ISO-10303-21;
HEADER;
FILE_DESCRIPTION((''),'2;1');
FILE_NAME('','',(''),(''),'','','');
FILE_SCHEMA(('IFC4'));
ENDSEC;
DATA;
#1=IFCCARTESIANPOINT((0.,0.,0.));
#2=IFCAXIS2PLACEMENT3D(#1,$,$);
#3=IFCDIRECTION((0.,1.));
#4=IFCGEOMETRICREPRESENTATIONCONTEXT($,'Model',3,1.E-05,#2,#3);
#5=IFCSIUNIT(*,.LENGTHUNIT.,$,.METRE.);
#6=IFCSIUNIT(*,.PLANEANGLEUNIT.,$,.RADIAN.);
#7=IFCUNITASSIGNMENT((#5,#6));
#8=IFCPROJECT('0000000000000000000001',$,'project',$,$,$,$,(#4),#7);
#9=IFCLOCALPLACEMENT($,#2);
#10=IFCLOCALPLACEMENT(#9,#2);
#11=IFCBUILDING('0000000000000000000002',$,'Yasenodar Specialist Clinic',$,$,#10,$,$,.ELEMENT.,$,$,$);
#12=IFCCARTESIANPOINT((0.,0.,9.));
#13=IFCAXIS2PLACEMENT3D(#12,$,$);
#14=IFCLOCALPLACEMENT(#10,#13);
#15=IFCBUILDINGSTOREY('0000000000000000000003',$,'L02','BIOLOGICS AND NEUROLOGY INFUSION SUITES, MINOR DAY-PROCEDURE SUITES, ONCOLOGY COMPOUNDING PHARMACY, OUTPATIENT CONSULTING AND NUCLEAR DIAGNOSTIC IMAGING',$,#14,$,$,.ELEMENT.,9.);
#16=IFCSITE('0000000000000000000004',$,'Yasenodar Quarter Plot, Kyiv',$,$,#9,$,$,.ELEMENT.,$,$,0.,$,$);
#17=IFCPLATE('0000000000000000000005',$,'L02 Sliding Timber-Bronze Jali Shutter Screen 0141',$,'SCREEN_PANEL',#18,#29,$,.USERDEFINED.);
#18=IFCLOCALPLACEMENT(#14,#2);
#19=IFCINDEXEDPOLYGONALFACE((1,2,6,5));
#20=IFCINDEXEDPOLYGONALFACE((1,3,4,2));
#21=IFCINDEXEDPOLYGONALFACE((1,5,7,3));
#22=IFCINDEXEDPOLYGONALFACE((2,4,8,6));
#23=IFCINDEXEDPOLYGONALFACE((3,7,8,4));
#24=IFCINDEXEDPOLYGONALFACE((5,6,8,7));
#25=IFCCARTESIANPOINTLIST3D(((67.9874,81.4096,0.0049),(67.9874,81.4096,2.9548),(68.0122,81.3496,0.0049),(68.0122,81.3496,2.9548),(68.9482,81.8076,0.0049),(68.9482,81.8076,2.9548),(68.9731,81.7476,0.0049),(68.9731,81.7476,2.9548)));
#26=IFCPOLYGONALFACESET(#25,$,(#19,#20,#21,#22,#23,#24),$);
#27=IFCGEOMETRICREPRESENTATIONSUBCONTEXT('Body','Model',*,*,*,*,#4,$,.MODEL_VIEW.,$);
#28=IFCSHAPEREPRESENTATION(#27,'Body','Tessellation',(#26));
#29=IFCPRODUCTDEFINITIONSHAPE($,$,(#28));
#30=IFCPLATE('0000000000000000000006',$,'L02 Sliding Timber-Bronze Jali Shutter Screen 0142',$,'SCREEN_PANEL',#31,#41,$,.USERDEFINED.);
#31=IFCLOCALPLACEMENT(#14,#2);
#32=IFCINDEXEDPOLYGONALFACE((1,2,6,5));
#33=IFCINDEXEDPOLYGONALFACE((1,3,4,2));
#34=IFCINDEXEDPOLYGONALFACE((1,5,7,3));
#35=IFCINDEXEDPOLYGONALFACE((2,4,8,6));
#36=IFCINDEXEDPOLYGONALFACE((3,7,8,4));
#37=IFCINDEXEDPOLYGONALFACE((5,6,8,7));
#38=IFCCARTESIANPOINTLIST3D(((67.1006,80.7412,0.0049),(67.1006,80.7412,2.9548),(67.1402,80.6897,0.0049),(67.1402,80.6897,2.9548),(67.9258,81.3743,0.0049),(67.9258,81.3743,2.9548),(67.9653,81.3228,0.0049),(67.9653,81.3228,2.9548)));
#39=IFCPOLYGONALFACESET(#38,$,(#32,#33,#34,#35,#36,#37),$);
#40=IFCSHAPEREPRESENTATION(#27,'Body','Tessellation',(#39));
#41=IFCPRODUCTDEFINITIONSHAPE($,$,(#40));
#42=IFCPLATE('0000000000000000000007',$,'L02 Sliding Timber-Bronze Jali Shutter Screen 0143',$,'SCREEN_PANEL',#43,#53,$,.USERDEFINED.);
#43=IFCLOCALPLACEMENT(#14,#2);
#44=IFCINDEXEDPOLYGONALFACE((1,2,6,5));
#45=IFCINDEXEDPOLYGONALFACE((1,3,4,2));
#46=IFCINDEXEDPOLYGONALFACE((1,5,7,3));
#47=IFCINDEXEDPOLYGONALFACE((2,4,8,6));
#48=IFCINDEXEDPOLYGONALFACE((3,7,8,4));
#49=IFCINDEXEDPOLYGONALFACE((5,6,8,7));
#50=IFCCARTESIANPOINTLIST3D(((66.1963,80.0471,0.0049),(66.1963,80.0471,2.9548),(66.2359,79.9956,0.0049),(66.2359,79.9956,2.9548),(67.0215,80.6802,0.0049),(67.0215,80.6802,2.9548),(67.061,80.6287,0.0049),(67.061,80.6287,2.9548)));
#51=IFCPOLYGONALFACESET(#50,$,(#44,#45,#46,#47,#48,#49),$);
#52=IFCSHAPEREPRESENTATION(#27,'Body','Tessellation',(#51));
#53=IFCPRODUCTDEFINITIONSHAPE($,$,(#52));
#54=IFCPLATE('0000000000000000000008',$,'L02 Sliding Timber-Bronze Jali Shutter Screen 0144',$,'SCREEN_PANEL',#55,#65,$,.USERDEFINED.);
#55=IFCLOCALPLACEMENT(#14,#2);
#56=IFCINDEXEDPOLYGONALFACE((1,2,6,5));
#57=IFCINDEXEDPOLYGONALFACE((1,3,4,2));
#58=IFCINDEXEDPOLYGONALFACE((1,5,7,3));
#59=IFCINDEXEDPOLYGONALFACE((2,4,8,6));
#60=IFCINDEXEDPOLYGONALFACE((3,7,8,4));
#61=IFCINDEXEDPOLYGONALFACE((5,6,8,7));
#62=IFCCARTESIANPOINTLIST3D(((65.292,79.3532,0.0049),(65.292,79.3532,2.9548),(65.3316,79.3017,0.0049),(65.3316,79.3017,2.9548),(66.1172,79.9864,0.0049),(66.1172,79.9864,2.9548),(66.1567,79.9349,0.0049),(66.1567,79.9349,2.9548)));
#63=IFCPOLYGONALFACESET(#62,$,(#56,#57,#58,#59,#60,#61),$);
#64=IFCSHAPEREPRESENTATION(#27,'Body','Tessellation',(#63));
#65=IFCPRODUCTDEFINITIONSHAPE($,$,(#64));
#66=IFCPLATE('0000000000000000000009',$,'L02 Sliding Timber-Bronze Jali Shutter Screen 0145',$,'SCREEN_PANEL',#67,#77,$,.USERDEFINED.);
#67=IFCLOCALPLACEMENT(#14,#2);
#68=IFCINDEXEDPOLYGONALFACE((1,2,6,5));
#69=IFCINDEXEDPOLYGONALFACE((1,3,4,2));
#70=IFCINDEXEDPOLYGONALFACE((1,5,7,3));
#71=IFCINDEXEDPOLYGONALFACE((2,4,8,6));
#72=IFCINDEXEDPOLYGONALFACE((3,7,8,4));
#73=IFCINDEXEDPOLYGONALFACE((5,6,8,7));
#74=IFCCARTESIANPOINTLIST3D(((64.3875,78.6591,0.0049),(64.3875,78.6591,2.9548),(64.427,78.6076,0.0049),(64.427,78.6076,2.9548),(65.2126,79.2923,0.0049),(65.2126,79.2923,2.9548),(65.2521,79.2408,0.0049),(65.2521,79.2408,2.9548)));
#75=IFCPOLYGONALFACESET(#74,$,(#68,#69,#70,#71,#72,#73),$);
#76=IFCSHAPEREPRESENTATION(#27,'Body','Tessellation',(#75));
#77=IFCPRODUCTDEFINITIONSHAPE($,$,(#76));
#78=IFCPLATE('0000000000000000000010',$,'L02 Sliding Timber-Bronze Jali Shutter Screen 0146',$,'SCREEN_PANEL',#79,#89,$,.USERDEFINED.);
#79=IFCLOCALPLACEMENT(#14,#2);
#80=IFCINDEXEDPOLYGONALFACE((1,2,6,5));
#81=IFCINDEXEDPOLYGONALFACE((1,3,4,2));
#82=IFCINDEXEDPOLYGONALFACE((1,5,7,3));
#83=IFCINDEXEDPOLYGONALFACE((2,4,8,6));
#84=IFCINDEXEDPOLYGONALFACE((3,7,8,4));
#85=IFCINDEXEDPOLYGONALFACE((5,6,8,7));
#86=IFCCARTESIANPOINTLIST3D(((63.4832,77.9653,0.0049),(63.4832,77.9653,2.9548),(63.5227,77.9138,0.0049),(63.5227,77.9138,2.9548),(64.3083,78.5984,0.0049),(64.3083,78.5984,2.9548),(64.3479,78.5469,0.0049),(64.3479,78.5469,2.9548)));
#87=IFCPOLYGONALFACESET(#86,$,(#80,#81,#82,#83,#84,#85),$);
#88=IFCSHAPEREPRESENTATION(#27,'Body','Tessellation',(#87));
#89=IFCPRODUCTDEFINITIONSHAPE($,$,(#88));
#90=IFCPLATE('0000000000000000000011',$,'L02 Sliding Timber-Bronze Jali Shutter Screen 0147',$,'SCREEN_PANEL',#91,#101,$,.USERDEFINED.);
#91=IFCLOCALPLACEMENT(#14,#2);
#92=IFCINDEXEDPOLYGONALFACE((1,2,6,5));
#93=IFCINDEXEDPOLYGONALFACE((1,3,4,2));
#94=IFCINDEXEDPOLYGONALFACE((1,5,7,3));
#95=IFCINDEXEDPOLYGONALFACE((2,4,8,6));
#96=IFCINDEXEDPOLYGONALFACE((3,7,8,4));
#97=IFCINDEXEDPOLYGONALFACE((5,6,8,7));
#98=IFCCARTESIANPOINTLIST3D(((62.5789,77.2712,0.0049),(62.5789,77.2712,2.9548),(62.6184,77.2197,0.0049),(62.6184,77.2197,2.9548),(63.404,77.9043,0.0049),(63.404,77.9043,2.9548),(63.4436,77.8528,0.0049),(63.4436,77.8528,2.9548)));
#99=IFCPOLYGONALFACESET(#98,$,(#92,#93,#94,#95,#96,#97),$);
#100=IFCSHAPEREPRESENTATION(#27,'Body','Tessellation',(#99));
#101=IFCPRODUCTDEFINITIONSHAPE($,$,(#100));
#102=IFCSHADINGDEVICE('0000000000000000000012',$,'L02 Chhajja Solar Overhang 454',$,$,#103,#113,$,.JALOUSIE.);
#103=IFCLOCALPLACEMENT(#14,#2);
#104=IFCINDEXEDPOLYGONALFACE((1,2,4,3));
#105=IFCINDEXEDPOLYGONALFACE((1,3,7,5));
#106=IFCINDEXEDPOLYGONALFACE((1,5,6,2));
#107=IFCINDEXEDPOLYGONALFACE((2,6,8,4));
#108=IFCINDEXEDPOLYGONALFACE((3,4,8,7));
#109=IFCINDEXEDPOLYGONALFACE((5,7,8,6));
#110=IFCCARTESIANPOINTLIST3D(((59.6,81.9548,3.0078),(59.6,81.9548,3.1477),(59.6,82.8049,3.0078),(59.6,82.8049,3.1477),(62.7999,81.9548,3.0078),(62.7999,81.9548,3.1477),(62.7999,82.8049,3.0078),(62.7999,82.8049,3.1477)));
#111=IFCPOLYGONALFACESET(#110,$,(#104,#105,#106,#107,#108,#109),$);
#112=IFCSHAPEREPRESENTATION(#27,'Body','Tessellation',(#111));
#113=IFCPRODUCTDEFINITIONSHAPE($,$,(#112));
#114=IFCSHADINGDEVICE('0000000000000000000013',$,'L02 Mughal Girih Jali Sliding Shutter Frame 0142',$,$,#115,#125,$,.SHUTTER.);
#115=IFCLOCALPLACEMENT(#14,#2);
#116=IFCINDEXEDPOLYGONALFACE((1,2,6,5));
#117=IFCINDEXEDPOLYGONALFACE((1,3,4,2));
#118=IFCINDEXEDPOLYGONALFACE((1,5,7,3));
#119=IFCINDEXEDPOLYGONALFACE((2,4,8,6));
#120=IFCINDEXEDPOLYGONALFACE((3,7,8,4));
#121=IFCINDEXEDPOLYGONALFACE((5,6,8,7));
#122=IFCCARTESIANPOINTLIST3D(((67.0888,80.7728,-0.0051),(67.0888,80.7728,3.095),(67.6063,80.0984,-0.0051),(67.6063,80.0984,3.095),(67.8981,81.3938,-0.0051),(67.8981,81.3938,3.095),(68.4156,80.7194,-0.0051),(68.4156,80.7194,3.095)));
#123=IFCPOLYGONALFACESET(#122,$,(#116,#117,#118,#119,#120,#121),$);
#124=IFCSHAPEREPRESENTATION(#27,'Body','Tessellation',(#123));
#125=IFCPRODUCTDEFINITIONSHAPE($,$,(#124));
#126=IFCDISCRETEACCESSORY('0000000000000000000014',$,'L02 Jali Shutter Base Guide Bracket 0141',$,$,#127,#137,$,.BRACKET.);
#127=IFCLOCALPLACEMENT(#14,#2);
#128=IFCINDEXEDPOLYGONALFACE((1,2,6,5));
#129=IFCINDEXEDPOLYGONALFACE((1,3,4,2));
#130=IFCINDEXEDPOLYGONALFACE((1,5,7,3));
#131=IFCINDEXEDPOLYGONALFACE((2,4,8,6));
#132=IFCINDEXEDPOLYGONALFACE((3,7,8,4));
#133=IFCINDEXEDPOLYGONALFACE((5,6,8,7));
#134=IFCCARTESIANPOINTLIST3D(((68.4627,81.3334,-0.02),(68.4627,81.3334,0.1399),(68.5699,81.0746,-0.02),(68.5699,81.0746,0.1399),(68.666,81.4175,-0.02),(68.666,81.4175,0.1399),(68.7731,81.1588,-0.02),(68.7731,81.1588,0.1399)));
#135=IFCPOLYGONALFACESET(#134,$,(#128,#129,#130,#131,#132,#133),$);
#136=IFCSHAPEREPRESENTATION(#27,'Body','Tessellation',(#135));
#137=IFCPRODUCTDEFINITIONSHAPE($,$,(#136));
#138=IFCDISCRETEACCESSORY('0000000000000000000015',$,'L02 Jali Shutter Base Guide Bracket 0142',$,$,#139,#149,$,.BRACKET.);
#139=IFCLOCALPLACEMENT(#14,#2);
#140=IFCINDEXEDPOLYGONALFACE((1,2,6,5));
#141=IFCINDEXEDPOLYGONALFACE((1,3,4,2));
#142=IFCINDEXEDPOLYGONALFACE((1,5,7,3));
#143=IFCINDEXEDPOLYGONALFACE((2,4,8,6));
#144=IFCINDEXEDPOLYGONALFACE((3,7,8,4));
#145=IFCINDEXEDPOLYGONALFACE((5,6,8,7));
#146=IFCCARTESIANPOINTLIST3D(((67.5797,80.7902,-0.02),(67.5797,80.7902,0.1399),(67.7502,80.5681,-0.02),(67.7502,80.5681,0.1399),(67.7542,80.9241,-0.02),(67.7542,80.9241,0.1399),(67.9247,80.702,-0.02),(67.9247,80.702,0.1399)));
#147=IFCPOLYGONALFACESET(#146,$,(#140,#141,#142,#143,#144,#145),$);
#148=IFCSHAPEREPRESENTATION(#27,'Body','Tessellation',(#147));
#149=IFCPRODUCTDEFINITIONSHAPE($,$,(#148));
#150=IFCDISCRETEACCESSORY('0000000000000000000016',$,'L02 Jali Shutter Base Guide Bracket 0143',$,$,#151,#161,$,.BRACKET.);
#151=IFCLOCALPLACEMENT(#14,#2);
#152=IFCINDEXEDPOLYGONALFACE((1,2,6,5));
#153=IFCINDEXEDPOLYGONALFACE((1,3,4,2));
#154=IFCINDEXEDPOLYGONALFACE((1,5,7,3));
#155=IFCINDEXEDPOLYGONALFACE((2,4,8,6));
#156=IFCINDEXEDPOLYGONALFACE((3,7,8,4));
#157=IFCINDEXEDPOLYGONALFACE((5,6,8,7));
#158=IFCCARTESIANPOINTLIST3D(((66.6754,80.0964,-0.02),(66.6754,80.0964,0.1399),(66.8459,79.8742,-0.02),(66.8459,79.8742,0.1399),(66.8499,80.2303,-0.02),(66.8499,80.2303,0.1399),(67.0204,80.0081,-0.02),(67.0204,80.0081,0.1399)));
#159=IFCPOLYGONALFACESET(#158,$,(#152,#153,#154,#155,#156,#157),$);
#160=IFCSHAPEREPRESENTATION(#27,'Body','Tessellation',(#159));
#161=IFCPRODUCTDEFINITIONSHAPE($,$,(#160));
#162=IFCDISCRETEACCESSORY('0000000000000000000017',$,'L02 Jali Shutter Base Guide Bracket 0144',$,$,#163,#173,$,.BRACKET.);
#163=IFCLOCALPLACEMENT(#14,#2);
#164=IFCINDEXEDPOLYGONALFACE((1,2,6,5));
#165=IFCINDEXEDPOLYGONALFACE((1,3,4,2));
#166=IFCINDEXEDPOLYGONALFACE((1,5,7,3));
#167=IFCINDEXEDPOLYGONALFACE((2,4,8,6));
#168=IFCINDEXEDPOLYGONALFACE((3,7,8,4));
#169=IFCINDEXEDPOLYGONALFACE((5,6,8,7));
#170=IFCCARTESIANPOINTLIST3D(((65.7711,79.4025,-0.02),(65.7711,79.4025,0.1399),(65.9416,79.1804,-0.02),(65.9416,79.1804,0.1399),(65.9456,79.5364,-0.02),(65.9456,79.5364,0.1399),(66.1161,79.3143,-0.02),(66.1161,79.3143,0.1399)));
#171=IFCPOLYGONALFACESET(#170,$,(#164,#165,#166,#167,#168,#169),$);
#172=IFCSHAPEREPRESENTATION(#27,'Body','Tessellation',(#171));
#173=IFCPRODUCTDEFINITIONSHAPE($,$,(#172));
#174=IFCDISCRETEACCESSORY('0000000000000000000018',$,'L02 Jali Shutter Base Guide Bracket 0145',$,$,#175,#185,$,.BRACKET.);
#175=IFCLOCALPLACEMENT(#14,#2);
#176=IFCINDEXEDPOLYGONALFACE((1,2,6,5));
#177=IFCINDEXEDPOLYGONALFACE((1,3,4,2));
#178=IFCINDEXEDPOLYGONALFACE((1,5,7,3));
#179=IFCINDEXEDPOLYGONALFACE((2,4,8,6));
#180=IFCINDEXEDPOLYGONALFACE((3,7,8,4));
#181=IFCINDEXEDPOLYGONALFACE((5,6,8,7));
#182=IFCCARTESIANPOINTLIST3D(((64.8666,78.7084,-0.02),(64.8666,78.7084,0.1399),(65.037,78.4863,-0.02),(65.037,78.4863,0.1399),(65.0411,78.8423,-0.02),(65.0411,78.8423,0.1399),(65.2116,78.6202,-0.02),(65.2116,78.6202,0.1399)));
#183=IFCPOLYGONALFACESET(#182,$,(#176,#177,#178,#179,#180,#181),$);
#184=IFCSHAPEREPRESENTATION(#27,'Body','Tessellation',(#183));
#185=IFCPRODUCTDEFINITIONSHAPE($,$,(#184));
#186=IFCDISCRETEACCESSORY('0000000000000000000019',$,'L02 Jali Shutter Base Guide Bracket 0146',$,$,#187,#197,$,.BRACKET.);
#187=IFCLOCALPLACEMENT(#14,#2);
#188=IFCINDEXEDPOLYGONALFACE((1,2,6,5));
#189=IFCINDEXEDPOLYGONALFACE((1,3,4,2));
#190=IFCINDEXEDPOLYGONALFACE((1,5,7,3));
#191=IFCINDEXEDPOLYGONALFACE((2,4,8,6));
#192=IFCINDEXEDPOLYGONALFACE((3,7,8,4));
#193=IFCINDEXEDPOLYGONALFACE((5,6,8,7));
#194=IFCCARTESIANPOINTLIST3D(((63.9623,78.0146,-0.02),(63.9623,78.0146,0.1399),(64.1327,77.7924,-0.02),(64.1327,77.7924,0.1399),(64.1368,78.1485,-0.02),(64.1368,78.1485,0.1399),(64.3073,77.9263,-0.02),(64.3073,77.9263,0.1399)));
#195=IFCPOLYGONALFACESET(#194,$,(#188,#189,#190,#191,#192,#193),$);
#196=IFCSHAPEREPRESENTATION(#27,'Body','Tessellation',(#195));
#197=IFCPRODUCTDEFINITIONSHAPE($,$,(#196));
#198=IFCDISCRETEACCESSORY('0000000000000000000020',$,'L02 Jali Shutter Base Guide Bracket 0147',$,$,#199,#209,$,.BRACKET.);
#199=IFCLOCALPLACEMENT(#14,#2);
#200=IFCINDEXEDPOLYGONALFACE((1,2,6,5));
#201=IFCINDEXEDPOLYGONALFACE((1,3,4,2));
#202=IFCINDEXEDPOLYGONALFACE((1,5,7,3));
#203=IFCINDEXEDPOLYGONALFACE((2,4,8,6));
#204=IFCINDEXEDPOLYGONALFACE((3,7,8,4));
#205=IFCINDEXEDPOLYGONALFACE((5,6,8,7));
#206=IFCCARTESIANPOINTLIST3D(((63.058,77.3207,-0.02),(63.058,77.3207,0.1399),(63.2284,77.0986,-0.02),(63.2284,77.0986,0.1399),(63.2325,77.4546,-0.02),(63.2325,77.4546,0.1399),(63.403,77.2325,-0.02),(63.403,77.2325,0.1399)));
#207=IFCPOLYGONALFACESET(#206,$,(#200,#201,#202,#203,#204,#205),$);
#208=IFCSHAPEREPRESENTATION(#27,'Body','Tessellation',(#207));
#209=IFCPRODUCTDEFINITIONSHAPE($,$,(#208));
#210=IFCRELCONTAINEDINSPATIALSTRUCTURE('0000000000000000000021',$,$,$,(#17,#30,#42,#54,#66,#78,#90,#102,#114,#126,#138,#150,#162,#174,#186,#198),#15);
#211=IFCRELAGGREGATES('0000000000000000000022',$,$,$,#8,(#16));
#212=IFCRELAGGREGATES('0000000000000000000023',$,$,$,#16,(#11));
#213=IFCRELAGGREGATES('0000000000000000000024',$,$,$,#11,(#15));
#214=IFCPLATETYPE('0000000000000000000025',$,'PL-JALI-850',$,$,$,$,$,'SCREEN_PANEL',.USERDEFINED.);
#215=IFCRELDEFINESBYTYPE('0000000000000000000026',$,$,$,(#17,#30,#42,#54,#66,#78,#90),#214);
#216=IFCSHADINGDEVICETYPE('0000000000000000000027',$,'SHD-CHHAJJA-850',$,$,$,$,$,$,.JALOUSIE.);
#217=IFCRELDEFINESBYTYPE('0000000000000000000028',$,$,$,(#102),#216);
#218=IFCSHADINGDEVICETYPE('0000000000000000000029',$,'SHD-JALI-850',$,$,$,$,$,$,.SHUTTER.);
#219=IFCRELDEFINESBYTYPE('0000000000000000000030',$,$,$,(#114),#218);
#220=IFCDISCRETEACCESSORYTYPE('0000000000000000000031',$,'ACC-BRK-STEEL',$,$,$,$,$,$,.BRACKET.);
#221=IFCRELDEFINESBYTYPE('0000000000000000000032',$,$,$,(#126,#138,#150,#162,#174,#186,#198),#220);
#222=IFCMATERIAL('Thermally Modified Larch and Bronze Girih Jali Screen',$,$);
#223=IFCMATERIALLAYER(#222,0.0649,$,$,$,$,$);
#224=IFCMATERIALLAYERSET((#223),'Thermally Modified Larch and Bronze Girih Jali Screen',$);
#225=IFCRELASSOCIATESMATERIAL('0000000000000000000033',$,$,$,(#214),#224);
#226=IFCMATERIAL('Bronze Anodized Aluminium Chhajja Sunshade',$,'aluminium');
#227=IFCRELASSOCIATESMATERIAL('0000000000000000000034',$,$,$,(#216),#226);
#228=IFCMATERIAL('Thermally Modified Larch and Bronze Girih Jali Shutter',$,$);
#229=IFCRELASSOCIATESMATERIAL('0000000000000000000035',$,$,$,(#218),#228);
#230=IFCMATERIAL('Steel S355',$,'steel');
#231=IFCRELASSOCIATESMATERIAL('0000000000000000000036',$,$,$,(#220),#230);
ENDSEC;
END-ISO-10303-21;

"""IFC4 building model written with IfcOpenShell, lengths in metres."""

from ifc_helpers import new_model, si_unit, direction, frame, origin, origin_2d, place, context, subcontext, project, spatial, rectangle, extrude, material, layer, layer_set, type_object, element, save


model = new_model("IFC4")

# Units and contexts
model_context = context("Model", 3, precision=1e-05, world=origin(), true_north=direction((0.0, 1.0)))
body_context = subcontext(model_context, "Body", "Model", "MODEL_VIEW")
ifc_project = project(units=[si_unit("LENGTHUNIT", "METRE"), si_unit("PLANEANGLEUNIT", "RADIAN")], contexts=[model_context])

# Site, building, storey
site_placement = place(None, origin())
site = spatial("IfcSite", under=ifc_project, at=site_placement, Name="Yasenodar Quarter Plot, Kyiv", CompositionType="ELEMENT", RefElevation=0.0)
building_placement = place(site_placement, origin())
building = spatial("IfcBuilding", under=site, at=building_placement, Name="Yasenodar Specialist Clinic", CompositionType="ELEMENT")
storey_placement = place(building_placement, frame((0.0, 0.0, 9.0)))
storey = spatial("IfcBuildingStorey", under=building, at=storey_placement, Name="L02", Description="BIOLOGICS AND NEUROLOGY INFUSION SUITES, MINOR DAY-PROCEDURE SUITES, ONCOLOGY COMPOUNDING PHARMACY, OUTPATIENT CONSULTING AND NUCLEAR DIAGNOSTIC IMAGING", CompositionType="ELEMENT", Elevation=9.0)

# Shared definitions
ifc_material_1 = material(Name="Steel S355", Category="steel")

# Plates
ifc_material_2 = material(Name="Thermally Modified Larch and Bronze Girih Jali Screen")
ifc_layer_1 = layer(ifc_material_2, 0.0649)
ifc_layer_set_1 = layer_set([ifc_layer_1], Name="Thermally Modified Larch and Bronze Girih Jali Screen")
plate_type_1 = type_object("IfcPlateType", Name="PL-JALI-850", ElementType="SCREEN_PANEL", PredefinedType="USERDEFINED", material=ifc_layer_set_1)
for number, where, z_axis, x_axis, name in (
    (1, (68.4802, 81.5786, 0.0049), (0.0, 0.0, 1.0), (-0.923878, -0.382687, 0.0), "L02 Sliding Timber-Bronze Jali Shutter Screen 0141"),
    (2, (67.533, 81.032, 0.0049), (0.0, 0.0, 1.0), (-0.793351, -0.608764, 0.0), "L02 Sliding Timber-Bronze Jali Shutter Screen 0142"),
    (3, (66.6287, 80.3379, 0.0049), (0.0, 0.0, 1.0), (-0.793351, -0.608764, 0.0), "L02 Sliding Timber-Bronze Jali Shutter Screen 0143"),
    (4, (65.7244, 79.644, 0.0049), (0.0, 0.0, 1.0), (-0.793351, -0.608764, 0.0), "L02 Sliding Timber-Bronze Jali Shutter Screen 0144"),
    (5, (64.8198, 78.95, 0.0049), (0.0, 0.0, 1.0), (-0.793351, -0.608764, 0.0), "L02 Sliding Timber-Bronze Jali Shutter Screen 0145"),
    (6, (63.9155, 78.2561, 0.0049), (0.0, 0.0, 1.0), (-0.793351, -0.608764, 0.0), "L02 Sliding Timber-Bronze Jali Shutter Screen 0146"),
    (7, (63.0112, 77.562, 0.0049), (0.0, 0.0, 1.0), (-0.793351, -0.608764, 0.0), "L02 Sliding Timber-Bronze Jali Shutter Screen 0147"),
):
    element("IfcPlate", number, at=place(storey_placement, frame(where, z_axis=z_axis, x_axis=x_axis)), inside=storey, type_object=plate_type_1, Name=name, ObjectType="SCREEN_PANEL", PredefinedType="USERDEFINED", context=body_context, shape_type="SweptSolid", body=[
        extrude(rectangle(XDim=1.04, YDim=0.0649, at=origin_2d()), origin(), (0.0, 0.0, 1.0), 2.95),
    ])

# Shading devices
ifc_material_3 = material(Name="Bronze Anodized Aluminium Chhajja Sunshade", Category="aluminium")
shading_device_type_1 = type_object("IfcShadingDeviceType", Name="SHD-CHHAJJA-850", PredefinedType="JALOUSIE", material=ifc_material_3)
shading_device_1_placement = place(storey_placement, frame((61.2, 82.3799, 3.0078), z_axis=(0.0, 0.0, 1.0), x_axis=(-1.0, 0.0, 0.0)))
element("IfcShadingDevice", 8, at=shading_device_1_placement, inside=storey, type_object=shading_device_type_1, Name="L02 Chhajja Solar Overhang 454", PredefinedType="JALOUSIE", context=body_context, shape_type="SweptSolid", body=[
    extrude(rectangle(XDim=3.2, YDim=0.8501, at=origin_2d()), origin(), (0.0, 0.0, 1.0), 0.1399),
])
ifc_material_4 = material(Name="Thermally Modified Larch and Bronze Girih Jali Shutter")
shading_device_type_2 = type_object("IfcShadingDeviceType", Name="SHD-JALI-850", PredefinedType="SHUTTER", material=ifc_material_4)
shading_device_2_placement = place(storey_placement, frame((67.7522, 80.7461, -0.0051), z_axis=(0.0, 0.0, 1.0), x_axis=(-0.793351, -0.608764, 0.0)))
element("IfcShadingDevice", 9, at=shading_device_2_placement, inside=storey, type_object=shading_device_type_2, Name="L02 Mughal Girih Jali Sliding Shutter Frame 0142", PredefinedType="SHUTTER", context=body_context, shape_type="SweptSolid", body=[
    extrude(rectangle(XDim=1.02, YDim=0.8501, at=origin_2d()), origin(), (0.0, 0.0, 1.0), 3.1001),
])

# Discrete accessories
discrete_accessory_type = type_object("IfcDiscreteAccessoryType", Name="ACC-BRK-STEEL", PredefinedType="BRACKET", material=ifc_material_1)
for number, where, z_axis, x_axis, name in (
    (10, (68.6179, 81.2461, -0.02), (0.0, 0.0, 1.0), (-0.923878, -0.382687, 0.0), "L02 Jali Shutter Base Guide Bracket 0141"),
    (11, (67.7522, 80.7461, -0.02), (0.0, 0.0, 1.0), (-0.793351, -0.608764, 0.0), "L02 Jali Shutter Base Guide Bracket 0142"),
    (12, (66.8479, 80.0522, -0.02), (0.0, 0.0, 1.0), (-0.793351, -0.608764, 0.0), "L02 Jali Shutter Base Guide Bracket 0143"),
    (13, (65.9436, 79.3584, -0.02), (0.0, 0.0, 1.0), (-0.793351, -0.608764, 0.0), "L02 Jali Shutter Base Guide Bracket 0144"),
    (14, (65.0391, 78.6643, -0.02), (0.0, 0.0, 1.0), (-0.793351, -0.608764, 0.0), "L02 Jali Shutter Base Guide Bracket 0145"),
    (15, (64.1348, 77.9705, -0.02), (0.0, 0.0, 1.0), (-0.793351, -0.608764, 0.0), "L02 Jali Shutter Base Guide Bracket 0146"),
    (16, (63.2305, 77.2766, -0.02), (0.0, 0.0, 1.0), (-0.793351, -0.608764, 0.0), "L02 Jali Shutter Base Guide Bracket 0147"),
):
    element("IfcDiscreteAccessory", number, at=place(storey_placement, frame(where, z_axis=z_axis, x_axis=x_axis)), inside=storey, type_object=discrete_accessory_type, Name=name, PredefinedType="BRACKET", context=body_context, shape_type="SweptSolid", body=[
        extrude(rectangle(XDim=0.22, YDim=0.28, at=origin_2d()), origin(), (0.0, 0.0, 1.0), 0.1599),
    ])

save(model, "model.ifc")
